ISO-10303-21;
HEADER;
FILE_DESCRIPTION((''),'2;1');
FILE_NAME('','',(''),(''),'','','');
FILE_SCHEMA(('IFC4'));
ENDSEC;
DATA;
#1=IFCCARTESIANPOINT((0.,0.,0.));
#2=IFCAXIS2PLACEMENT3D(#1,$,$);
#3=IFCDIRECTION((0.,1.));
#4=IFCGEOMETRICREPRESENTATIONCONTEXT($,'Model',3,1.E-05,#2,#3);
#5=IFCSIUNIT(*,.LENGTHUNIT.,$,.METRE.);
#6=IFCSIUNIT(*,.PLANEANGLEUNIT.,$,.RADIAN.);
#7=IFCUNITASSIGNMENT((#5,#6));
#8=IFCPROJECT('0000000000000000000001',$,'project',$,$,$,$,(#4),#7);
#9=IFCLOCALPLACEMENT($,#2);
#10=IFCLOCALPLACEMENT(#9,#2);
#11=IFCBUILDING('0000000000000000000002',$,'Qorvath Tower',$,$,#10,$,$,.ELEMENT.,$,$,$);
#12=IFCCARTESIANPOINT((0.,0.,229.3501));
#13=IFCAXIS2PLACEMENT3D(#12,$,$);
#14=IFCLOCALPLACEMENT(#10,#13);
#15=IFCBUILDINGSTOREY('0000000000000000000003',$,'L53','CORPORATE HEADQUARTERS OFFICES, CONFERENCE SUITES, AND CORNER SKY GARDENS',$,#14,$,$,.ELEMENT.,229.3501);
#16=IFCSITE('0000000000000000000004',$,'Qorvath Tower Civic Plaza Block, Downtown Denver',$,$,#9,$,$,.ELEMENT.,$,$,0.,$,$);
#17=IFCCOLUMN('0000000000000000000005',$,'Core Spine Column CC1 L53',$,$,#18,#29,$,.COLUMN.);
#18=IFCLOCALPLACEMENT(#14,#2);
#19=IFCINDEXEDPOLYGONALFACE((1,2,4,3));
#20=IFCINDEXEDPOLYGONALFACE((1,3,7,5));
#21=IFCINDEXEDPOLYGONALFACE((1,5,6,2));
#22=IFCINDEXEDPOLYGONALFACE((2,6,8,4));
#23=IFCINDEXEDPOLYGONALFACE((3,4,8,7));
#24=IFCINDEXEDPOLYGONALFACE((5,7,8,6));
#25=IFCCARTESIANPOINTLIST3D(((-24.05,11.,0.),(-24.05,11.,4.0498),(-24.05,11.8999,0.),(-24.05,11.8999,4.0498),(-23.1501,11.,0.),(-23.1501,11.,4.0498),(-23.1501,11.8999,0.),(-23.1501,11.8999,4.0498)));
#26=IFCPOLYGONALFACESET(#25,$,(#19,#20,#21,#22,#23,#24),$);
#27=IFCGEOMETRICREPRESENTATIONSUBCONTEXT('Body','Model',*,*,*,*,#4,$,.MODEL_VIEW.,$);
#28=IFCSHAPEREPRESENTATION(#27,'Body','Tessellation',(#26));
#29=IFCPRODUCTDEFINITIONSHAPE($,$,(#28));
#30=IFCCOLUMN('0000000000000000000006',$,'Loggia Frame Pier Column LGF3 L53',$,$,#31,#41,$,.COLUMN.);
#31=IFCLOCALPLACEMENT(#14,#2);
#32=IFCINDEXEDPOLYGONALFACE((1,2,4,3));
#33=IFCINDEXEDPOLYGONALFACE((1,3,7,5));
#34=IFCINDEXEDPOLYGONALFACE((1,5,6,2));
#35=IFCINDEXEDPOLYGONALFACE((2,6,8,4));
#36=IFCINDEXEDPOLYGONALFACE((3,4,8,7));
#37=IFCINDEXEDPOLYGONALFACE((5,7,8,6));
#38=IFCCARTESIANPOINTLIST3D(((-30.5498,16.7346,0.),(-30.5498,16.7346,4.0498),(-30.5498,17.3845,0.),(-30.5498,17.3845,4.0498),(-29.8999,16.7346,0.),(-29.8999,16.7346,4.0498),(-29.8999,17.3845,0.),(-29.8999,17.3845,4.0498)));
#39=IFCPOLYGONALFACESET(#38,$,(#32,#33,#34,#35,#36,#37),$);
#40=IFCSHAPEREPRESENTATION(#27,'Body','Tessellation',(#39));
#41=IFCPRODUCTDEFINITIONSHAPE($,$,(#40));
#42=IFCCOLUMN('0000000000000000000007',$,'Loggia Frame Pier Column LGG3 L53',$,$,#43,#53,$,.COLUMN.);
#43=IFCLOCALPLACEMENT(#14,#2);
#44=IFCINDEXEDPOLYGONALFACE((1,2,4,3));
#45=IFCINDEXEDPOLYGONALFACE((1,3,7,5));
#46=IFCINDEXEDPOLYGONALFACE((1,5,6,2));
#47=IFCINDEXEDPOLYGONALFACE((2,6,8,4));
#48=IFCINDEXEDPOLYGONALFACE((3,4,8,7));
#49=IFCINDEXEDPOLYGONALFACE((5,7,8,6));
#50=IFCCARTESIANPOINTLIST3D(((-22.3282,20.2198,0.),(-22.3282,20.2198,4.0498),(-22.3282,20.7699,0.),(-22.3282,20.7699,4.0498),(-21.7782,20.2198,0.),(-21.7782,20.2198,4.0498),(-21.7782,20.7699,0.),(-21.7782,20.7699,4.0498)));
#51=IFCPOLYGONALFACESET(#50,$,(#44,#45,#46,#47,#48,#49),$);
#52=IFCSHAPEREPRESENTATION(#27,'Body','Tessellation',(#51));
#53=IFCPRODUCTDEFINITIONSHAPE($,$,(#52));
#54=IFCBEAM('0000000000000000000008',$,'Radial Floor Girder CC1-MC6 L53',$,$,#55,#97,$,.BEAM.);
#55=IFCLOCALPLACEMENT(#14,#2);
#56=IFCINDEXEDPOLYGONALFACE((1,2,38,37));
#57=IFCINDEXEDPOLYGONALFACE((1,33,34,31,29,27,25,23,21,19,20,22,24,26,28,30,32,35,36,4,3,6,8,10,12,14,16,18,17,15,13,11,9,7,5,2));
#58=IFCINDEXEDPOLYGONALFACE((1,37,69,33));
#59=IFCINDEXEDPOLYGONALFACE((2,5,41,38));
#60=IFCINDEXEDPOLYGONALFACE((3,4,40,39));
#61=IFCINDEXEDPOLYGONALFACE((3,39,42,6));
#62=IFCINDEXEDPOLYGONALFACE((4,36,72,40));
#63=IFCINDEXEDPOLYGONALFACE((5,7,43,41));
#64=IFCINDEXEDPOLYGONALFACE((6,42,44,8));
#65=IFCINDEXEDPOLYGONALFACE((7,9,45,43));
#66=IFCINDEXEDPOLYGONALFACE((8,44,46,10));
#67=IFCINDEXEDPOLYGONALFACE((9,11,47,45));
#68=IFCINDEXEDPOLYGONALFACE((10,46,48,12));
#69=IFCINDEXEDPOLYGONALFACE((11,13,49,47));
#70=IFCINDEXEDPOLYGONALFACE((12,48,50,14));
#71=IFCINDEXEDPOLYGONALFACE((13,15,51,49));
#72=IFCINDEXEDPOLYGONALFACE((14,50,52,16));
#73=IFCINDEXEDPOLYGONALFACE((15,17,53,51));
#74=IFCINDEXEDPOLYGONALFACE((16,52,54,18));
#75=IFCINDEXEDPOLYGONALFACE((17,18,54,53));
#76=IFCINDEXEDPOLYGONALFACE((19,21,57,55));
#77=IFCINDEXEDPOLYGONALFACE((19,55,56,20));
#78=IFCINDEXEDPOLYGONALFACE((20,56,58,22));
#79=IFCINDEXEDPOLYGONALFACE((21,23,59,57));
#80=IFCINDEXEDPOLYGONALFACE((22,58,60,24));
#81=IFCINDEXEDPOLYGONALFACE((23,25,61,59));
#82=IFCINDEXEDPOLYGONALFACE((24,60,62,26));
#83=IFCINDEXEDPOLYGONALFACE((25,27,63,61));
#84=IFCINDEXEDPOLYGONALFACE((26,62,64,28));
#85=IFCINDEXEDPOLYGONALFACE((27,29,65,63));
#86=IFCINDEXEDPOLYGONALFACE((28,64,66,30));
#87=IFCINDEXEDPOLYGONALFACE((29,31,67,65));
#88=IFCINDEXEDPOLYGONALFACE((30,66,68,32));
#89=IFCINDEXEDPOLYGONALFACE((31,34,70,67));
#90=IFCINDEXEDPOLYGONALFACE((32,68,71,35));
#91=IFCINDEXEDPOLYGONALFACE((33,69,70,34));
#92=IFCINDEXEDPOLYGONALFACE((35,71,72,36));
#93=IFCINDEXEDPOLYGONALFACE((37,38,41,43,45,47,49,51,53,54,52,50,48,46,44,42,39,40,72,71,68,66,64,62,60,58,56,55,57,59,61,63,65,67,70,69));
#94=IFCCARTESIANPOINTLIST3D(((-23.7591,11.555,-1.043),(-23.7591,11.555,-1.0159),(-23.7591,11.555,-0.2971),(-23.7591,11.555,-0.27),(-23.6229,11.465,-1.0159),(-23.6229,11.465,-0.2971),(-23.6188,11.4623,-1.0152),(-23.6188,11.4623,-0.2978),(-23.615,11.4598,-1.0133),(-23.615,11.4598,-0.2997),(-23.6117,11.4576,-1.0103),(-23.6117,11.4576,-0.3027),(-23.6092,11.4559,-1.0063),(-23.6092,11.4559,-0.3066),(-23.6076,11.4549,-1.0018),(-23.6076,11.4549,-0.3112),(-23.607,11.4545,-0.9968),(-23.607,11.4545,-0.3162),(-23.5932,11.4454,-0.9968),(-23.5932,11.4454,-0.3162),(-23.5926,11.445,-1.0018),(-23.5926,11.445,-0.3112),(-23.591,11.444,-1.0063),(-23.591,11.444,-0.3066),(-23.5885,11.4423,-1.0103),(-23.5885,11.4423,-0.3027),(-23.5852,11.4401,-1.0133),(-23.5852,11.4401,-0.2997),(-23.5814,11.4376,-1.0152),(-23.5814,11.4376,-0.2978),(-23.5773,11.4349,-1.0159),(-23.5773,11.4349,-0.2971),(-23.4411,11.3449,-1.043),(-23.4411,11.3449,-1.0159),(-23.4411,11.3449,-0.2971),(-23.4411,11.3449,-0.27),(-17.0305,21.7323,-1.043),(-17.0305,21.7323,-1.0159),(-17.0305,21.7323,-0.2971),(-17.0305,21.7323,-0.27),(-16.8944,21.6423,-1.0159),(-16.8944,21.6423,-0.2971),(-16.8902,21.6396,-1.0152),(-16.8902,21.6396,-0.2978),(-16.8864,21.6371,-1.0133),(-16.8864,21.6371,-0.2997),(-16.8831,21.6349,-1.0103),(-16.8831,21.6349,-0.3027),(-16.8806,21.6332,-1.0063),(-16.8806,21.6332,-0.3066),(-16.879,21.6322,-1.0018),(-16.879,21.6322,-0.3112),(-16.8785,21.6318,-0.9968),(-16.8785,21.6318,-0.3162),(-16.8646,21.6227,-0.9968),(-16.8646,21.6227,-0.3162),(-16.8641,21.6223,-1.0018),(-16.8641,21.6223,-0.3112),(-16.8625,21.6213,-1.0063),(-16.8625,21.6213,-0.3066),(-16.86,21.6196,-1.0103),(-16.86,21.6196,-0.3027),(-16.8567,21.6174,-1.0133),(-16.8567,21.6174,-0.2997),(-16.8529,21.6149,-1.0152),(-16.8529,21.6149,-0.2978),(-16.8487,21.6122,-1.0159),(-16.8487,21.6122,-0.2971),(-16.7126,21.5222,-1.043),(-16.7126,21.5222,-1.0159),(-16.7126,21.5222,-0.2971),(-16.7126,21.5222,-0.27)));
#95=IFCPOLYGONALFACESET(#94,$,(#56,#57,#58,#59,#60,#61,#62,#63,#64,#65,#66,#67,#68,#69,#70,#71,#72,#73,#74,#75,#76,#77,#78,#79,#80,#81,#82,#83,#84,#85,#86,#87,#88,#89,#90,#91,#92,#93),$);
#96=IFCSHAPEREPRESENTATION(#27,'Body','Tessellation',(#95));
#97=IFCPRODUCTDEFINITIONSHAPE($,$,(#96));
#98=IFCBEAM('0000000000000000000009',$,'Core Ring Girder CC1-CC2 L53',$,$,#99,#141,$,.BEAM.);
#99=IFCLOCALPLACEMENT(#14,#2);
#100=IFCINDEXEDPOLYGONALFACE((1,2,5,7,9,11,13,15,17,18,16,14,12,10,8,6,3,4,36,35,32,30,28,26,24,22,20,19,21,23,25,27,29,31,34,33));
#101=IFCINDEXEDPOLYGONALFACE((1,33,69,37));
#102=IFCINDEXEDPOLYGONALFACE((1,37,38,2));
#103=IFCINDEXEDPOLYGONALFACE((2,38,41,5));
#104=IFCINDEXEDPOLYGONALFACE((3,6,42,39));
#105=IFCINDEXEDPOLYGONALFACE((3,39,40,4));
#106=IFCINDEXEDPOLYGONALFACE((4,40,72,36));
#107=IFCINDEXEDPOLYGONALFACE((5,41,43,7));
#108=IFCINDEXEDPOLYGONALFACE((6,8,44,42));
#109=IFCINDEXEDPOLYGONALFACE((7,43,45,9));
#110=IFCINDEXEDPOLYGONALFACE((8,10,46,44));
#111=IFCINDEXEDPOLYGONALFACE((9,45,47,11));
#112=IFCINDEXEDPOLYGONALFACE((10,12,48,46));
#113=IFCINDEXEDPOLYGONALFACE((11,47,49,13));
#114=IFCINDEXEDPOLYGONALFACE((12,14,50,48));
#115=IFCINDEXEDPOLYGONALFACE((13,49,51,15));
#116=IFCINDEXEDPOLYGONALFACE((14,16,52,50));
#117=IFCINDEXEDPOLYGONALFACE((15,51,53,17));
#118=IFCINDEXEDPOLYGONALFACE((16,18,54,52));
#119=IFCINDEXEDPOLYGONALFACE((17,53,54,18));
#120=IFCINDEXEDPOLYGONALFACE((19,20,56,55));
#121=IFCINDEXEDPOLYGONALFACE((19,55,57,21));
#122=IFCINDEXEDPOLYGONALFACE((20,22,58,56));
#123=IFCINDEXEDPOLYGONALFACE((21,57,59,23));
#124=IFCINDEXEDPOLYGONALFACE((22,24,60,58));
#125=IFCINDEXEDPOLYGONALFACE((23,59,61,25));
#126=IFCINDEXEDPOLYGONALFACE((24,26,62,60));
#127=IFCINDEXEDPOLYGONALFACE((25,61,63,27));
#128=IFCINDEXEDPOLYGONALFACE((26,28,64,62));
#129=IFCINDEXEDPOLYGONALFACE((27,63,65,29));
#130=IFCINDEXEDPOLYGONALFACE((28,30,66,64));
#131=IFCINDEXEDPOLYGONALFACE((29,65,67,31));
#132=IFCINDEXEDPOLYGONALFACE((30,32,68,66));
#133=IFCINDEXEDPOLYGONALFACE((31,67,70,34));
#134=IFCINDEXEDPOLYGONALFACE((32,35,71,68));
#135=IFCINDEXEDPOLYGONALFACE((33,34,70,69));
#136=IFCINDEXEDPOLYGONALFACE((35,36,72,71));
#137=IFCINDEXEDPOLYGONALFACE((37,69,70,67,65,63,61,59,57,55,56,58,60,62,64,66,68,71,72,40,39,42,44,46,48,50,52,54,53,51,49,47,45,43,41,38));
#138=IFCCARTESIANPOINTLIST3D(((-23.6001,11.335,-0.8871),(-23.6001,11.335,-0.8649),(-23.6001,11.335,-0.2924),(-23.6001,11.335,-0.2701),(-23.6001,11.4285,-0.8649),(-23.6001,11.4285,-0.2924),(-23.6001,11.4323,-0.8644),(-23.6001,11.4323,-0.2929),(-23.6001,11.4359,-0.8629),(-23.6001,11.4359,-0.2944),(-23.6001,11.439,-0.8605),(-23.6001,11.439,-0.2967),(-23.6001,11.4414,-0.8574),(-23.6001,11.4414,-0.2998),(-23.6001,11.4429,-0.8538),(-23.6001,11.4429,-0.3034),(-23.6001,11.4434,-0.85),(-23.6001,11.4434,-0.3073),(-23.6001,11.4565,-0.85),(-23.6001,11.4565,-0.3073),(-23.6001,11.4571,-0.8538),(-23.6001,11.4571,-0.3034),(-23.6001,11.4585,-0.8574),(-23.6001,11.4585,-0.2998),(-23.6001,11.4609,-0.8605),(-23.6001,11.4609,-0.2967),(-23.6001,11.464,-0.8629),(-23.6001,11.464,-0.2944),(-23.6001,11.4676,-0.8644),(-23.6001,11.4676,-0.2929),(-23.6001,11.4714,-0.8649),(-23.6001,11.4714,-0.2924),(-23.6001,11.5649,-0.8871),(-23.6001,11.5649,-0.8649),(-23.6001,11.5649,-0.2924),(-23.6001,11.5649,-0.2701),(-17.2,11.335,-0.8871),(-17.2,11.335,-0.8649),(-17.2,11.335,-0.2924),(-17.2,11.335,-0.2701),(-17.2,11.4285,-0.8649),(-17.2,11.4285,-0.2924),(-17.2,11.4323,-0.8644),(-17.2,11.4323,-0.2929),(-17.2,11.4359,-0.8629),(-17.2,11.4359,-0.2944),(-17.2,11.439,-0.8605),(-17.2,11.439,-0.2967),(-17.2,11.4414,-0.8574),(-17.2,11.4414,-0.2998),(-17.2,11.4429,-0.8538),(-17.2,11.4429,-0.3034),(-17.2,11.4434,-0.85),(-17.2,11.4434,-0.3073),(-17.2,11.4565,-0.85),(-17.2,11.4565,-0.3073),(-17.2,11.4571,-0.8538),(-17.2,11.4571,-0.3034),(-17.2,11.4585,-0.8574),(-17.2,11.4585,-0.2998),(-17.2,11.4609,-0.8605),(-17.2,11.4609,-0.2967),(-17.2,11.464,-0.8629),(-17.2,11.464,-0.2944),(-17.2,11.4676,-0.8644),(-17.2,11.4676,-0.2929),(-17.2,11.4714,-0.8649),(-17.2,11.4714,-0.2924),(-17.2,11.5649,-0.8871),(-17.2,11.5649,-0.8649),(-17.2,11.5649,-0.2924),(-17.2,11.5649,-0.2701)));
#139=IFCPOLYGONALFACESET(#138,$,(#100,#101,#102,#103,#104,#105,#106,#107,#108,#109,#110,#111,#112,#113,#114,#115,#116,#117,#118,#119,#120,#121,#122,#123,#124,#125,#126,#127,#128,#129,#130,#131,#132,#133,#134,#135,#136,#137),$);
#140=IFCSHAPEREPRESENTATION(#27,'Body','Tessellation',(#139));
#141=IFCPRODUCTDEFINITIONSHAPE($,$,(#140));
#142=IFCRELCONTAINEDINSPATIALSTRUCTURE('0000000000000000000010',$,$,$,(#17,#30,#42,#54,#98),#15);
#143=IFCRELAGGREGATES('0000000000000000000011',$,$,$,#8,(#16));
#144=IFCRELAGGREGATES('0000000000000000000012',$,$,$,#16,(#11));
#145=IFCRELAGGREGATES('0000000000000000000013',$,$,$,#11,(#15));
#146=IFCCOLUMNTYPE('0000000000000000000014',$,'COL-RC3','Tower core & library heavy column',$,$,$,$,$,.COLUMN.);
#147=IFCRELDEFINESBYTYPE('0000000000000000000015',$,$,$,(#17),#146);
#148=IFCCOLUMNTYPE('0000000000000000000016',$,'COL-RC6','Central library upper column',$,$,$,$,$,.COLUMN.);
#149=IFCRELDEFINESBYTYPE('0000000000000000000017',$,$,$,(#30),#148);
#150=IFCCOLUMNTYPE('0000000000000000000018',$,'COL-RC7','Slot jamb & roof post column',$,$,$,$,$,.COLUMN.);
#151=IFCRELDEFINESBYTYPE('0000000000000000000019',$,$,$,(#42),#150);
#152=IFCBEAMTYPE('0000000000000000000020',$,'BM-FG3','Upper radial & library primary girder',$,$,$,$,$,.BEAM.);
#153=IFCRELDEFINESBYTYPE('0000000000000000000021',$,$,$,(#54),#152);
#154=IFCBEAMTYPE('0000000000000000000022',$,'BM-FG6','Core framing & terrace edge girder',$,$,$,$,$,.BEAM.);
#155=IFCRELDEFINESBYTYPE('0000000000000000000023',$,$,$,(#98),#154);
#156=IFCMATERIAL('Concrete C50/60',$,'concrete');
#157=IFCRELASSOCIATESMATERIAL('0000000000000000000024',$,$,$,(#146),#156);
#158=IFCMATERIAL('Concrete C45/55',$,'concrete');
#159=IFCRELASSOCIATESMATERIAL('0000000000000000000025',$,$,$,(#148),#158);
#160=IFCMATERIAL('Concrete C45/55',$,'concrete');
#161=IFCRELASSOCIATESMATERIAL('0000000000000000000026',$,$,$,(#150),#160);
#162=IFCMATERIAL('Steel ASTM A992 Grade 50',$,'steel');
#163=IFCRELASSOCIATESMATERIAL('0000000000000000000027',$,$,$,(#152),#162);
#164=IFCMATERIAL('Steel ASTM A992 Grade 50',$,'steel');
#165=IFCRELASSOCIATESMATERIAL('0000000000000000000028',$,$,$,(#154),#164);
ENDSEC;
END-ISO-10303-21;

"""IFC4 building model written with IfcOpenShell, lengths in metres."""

from ifc_helpers import new_model, si_unit, direction, frame, origin, origin_2d, place, context, subcontext, project, spatial, rectangle, i_section, extrude, material, material_profile, profile_set, type_object, element, save


model = new_model("IFC4")

# Units and contexts
model_context = context("Model", 3, precision=1e-05, world=origin(), true_north=direction((0.0, 1.0)))
body_context = subcontext(model_context, "Body", "Model", "MODEL_VIEW")
ifc_project = project(units=[si_unit("LENGTHUNIT", "METRE"), si_unit("PLANEANGLEUNIT", "RADIAN")], contexts=[model_context])

# Site, building, storey
site_placement = place(None, origin())
site = spatial("IfcSite", under=ifc_project, at=site_placement, Name="Qorvath Tower Civic Plaza Block, Downtown Denver", CompositionType="ELEMENT", RefElevation=0.0)
building_placement = place(site_placement, origin())
building = spatial("IfcBuilding", under=site, at=building_placement, Name="Qorvath Tower", CompositionType="ELEMENT")
storey_placement = place(building_placement, frame((0.0, 0.0, 229.3501)))
storey = spatial("IfcBuildingStorey", under=building, at=storey_placement, Name="L53", Description="CORPORATE HEADQUARTERS OFFICES, CONFERENCE SUITES, AND CORNER SKY GARDENS", CompositionType="ELEMENT", Elevation=229.3501)

# Columns
ifc_material_1 = material(Name="Concrete C50/60", Category="concrete")
ifc_material_profile_1 = material_profile(ifc_material_1, rectangle(XDim=0.8999, YDim=0.8999, at=origin_2d()), Name="RC 900x900")
ifc_profile_set_1 = profile_set([ifc_material_profile_1], Name="Concrete C50/60")
column_type_1 = type_object("IfcColumnType", Name="COL-RC3", Description="Tower core & library heavy column", PredefinedType="COLUMN", material=ifc_profile_set_1)
column_1_placement = place(storey_placement, frame((-23.6001, 11.45, 0.0), z_axis=(0.0, 0.0, 1.0), x_axis=(1.0, 0.0, 0.0)))
element("IfcColumn", 1, at=column_1_placement, inside=storey, type_object=column_type_1, Name="Core Spine Column CC1 L53", PredefinedType="COLUMN", context=body_context, shape_type="SweptSolid", body=[
    extrude(rectangle(XDim=0.8999, YDim=0.8999, at=origin_2d()), origin(), (0.0, 0.0, 1.0), 4.0498),
])
ifc_material_2 = material(Name="Concrete C45/55", Category="concrete")
ifc_material_profile_2 = material_profile(ifc_material_2, rectangle(XDim=0.6499, YDim=0.6499, at=origin_2d()), Name="RC 650x650")
ifc_profile_set_2 = profile_set([ifc_material_profile_2], Name="Concrete C45/55")
column_type_2 = type_object("IfcColumnType", Name="COL-RC6", Description="Central library upper column", PredefinedType="COLUMN", material=ifc_profile_set_2)
column_2_placement = place(storey_placement, frame((-30.2249, 17.0596, 0.0), z_axis=(0.0, 0.0, 1.0), x_axis=(1.0, 0.0, 0.0)))
element("IfcColumn", 2, at=column_2_placement, inside=storey, type_object=column_type_2, Name="Loggia Frame Pier Column LGF3 L53", PredefinedType="COLUMN", context=body_context, shape_type="SweptSolid", body=[
    extrude(rectangle(XDim=0.6499, YDim=0.6499, at=origin_2d()), origin(), (0.0, 0.0, 1.0), 4.0498),
])
ifc_material_3 = material(Name="Concrete C45/55", Category="concrete")
ifc_material_profile_3 = material_profile(ifc_material_3, rectangle(XDim=0.55, YDim=0.55, at=origin_2d()), Name="RC 550x550")
ifc_profile_set_3 = profile_set([ifc_material_profile_3], Name="Concrete C45/55")
column_type_3 = type_object("IfcColumnType", Name="COL-RC7", Description="Slot jamb & roof post column", PredefinedType="COLUMN", material=ifc_profile_set_3)
column_3_placement = place(storey_placement, frame((-22.0532, 20.4949, 0.0), z_axis=(0.0, 0.0, 1.0), x_axis=(1.0, 0.0, 0.0)))
element("IfcColumn", 3, at=column_3_placement, inside=storey, type_object=column_type_3, Name="Loggia Frame Pier Column LGG3 L53", PredefinedType="COLUMN", context=body_context, shape_type="SweptSolid", body=[
    extrude(rectangle(XDim=0.55, YDim=0.55, at=origin_2d()), origin(), (0.0, 0.0, 1.0), 4.0498),
])

# Beams
ifc_material_4 = material(Name="Steel ASTM A992 Grade 50", Category="steel")
ifc_material_profile_4 = material_profile(ifc_material_4, i_section(OverallWidth=0.3811, OverallDepth=0.7729, WebThickness=0.0166, FlangeThickness=0.0271, FilletRadius=0.019, at=origin_2d()), Name="W30x173")
ifc_profile_set_4 = profile_set([ifc_material_profile_4], Name="Steel ASTM A992 Grade 50")
beam_type_1 = type_object("IfcBeamType", Name="BM-FG3", Description="Upper radial & library primary girder", PredefinedType="BEAM", material=ifc_profile_set_4)
beam_1_placement = place(storey_placement, frame((-23.6001, 11.45, -0.6565), z_axis=(0.551501, 0.834175, 0.0), x_axis=(-0.834175, 0.551501, 0.0)))
element("IfcBeam", 4, at=beam_1_placement, inside=storey, type_object=beam_type_1, Name="Radial Floor Girder CC1-MC6 L53", PredefinedType="BEAM", context=body_context, shape_type="SweptSolid", body=[
    extrude(i_section(OverallWidth=0.3811, OverallDepth=0.7729, WebThickness=0.0166, FlangeThickness=0.0271, FilletRadius=0.019, at=origin_2d()), origin(), (0.0, 0.0, 1.0), 12.2004),
])
ifc_material_5 = material(Name="Steel ASTM A992 Grade 50", Category="steel")
ifc_material_profile_5 = material_profile(ifc_material_5, i_section(OverallWidth=0.23, OverallDepth=0.6169, WebThickness=0.0132, FlangeThickness=0.0222, FilletRadius=0.0149, at=origin_2d()), Name="W24x94")
ifc_profile_set_5 = profile_set([ifc_material_profile_5], Name="Steel ASTM A992 Grade 50")
beam_type_2 = type_object("IfcBeamType", Name="BM-FG6", Description="Core framing & terrace edge girder", PredefinedType="BEAM", material=ifc_profile_set_5)
beam_2_placement = place(storey_placement, frame((-23.6001, 11.45, -0.5786), z_axis=(1.0, 0.0, 0.0), x_axis=(0.0, 1.0, 0.0)))
element("IfcBeam", 5, at=beam_2_placement, inside=storey, type_object=beam_type_2, Name="Core Ring Girder CC1-CC2 L53", PredefinedType="BEAM", context=body_context, shape_type="SweptSolid", body=[
    extrude(i_section(OverallWidth=0.23, OverallDepth=0.6169, WebThickness=0.0132, FlangeThickness=0.0222, FilletRadius=0.0149, at=origin_2d()), origin(), (0.0, 0.0, 1.0), 6.4001),
])

save(model, "model.ifc")
